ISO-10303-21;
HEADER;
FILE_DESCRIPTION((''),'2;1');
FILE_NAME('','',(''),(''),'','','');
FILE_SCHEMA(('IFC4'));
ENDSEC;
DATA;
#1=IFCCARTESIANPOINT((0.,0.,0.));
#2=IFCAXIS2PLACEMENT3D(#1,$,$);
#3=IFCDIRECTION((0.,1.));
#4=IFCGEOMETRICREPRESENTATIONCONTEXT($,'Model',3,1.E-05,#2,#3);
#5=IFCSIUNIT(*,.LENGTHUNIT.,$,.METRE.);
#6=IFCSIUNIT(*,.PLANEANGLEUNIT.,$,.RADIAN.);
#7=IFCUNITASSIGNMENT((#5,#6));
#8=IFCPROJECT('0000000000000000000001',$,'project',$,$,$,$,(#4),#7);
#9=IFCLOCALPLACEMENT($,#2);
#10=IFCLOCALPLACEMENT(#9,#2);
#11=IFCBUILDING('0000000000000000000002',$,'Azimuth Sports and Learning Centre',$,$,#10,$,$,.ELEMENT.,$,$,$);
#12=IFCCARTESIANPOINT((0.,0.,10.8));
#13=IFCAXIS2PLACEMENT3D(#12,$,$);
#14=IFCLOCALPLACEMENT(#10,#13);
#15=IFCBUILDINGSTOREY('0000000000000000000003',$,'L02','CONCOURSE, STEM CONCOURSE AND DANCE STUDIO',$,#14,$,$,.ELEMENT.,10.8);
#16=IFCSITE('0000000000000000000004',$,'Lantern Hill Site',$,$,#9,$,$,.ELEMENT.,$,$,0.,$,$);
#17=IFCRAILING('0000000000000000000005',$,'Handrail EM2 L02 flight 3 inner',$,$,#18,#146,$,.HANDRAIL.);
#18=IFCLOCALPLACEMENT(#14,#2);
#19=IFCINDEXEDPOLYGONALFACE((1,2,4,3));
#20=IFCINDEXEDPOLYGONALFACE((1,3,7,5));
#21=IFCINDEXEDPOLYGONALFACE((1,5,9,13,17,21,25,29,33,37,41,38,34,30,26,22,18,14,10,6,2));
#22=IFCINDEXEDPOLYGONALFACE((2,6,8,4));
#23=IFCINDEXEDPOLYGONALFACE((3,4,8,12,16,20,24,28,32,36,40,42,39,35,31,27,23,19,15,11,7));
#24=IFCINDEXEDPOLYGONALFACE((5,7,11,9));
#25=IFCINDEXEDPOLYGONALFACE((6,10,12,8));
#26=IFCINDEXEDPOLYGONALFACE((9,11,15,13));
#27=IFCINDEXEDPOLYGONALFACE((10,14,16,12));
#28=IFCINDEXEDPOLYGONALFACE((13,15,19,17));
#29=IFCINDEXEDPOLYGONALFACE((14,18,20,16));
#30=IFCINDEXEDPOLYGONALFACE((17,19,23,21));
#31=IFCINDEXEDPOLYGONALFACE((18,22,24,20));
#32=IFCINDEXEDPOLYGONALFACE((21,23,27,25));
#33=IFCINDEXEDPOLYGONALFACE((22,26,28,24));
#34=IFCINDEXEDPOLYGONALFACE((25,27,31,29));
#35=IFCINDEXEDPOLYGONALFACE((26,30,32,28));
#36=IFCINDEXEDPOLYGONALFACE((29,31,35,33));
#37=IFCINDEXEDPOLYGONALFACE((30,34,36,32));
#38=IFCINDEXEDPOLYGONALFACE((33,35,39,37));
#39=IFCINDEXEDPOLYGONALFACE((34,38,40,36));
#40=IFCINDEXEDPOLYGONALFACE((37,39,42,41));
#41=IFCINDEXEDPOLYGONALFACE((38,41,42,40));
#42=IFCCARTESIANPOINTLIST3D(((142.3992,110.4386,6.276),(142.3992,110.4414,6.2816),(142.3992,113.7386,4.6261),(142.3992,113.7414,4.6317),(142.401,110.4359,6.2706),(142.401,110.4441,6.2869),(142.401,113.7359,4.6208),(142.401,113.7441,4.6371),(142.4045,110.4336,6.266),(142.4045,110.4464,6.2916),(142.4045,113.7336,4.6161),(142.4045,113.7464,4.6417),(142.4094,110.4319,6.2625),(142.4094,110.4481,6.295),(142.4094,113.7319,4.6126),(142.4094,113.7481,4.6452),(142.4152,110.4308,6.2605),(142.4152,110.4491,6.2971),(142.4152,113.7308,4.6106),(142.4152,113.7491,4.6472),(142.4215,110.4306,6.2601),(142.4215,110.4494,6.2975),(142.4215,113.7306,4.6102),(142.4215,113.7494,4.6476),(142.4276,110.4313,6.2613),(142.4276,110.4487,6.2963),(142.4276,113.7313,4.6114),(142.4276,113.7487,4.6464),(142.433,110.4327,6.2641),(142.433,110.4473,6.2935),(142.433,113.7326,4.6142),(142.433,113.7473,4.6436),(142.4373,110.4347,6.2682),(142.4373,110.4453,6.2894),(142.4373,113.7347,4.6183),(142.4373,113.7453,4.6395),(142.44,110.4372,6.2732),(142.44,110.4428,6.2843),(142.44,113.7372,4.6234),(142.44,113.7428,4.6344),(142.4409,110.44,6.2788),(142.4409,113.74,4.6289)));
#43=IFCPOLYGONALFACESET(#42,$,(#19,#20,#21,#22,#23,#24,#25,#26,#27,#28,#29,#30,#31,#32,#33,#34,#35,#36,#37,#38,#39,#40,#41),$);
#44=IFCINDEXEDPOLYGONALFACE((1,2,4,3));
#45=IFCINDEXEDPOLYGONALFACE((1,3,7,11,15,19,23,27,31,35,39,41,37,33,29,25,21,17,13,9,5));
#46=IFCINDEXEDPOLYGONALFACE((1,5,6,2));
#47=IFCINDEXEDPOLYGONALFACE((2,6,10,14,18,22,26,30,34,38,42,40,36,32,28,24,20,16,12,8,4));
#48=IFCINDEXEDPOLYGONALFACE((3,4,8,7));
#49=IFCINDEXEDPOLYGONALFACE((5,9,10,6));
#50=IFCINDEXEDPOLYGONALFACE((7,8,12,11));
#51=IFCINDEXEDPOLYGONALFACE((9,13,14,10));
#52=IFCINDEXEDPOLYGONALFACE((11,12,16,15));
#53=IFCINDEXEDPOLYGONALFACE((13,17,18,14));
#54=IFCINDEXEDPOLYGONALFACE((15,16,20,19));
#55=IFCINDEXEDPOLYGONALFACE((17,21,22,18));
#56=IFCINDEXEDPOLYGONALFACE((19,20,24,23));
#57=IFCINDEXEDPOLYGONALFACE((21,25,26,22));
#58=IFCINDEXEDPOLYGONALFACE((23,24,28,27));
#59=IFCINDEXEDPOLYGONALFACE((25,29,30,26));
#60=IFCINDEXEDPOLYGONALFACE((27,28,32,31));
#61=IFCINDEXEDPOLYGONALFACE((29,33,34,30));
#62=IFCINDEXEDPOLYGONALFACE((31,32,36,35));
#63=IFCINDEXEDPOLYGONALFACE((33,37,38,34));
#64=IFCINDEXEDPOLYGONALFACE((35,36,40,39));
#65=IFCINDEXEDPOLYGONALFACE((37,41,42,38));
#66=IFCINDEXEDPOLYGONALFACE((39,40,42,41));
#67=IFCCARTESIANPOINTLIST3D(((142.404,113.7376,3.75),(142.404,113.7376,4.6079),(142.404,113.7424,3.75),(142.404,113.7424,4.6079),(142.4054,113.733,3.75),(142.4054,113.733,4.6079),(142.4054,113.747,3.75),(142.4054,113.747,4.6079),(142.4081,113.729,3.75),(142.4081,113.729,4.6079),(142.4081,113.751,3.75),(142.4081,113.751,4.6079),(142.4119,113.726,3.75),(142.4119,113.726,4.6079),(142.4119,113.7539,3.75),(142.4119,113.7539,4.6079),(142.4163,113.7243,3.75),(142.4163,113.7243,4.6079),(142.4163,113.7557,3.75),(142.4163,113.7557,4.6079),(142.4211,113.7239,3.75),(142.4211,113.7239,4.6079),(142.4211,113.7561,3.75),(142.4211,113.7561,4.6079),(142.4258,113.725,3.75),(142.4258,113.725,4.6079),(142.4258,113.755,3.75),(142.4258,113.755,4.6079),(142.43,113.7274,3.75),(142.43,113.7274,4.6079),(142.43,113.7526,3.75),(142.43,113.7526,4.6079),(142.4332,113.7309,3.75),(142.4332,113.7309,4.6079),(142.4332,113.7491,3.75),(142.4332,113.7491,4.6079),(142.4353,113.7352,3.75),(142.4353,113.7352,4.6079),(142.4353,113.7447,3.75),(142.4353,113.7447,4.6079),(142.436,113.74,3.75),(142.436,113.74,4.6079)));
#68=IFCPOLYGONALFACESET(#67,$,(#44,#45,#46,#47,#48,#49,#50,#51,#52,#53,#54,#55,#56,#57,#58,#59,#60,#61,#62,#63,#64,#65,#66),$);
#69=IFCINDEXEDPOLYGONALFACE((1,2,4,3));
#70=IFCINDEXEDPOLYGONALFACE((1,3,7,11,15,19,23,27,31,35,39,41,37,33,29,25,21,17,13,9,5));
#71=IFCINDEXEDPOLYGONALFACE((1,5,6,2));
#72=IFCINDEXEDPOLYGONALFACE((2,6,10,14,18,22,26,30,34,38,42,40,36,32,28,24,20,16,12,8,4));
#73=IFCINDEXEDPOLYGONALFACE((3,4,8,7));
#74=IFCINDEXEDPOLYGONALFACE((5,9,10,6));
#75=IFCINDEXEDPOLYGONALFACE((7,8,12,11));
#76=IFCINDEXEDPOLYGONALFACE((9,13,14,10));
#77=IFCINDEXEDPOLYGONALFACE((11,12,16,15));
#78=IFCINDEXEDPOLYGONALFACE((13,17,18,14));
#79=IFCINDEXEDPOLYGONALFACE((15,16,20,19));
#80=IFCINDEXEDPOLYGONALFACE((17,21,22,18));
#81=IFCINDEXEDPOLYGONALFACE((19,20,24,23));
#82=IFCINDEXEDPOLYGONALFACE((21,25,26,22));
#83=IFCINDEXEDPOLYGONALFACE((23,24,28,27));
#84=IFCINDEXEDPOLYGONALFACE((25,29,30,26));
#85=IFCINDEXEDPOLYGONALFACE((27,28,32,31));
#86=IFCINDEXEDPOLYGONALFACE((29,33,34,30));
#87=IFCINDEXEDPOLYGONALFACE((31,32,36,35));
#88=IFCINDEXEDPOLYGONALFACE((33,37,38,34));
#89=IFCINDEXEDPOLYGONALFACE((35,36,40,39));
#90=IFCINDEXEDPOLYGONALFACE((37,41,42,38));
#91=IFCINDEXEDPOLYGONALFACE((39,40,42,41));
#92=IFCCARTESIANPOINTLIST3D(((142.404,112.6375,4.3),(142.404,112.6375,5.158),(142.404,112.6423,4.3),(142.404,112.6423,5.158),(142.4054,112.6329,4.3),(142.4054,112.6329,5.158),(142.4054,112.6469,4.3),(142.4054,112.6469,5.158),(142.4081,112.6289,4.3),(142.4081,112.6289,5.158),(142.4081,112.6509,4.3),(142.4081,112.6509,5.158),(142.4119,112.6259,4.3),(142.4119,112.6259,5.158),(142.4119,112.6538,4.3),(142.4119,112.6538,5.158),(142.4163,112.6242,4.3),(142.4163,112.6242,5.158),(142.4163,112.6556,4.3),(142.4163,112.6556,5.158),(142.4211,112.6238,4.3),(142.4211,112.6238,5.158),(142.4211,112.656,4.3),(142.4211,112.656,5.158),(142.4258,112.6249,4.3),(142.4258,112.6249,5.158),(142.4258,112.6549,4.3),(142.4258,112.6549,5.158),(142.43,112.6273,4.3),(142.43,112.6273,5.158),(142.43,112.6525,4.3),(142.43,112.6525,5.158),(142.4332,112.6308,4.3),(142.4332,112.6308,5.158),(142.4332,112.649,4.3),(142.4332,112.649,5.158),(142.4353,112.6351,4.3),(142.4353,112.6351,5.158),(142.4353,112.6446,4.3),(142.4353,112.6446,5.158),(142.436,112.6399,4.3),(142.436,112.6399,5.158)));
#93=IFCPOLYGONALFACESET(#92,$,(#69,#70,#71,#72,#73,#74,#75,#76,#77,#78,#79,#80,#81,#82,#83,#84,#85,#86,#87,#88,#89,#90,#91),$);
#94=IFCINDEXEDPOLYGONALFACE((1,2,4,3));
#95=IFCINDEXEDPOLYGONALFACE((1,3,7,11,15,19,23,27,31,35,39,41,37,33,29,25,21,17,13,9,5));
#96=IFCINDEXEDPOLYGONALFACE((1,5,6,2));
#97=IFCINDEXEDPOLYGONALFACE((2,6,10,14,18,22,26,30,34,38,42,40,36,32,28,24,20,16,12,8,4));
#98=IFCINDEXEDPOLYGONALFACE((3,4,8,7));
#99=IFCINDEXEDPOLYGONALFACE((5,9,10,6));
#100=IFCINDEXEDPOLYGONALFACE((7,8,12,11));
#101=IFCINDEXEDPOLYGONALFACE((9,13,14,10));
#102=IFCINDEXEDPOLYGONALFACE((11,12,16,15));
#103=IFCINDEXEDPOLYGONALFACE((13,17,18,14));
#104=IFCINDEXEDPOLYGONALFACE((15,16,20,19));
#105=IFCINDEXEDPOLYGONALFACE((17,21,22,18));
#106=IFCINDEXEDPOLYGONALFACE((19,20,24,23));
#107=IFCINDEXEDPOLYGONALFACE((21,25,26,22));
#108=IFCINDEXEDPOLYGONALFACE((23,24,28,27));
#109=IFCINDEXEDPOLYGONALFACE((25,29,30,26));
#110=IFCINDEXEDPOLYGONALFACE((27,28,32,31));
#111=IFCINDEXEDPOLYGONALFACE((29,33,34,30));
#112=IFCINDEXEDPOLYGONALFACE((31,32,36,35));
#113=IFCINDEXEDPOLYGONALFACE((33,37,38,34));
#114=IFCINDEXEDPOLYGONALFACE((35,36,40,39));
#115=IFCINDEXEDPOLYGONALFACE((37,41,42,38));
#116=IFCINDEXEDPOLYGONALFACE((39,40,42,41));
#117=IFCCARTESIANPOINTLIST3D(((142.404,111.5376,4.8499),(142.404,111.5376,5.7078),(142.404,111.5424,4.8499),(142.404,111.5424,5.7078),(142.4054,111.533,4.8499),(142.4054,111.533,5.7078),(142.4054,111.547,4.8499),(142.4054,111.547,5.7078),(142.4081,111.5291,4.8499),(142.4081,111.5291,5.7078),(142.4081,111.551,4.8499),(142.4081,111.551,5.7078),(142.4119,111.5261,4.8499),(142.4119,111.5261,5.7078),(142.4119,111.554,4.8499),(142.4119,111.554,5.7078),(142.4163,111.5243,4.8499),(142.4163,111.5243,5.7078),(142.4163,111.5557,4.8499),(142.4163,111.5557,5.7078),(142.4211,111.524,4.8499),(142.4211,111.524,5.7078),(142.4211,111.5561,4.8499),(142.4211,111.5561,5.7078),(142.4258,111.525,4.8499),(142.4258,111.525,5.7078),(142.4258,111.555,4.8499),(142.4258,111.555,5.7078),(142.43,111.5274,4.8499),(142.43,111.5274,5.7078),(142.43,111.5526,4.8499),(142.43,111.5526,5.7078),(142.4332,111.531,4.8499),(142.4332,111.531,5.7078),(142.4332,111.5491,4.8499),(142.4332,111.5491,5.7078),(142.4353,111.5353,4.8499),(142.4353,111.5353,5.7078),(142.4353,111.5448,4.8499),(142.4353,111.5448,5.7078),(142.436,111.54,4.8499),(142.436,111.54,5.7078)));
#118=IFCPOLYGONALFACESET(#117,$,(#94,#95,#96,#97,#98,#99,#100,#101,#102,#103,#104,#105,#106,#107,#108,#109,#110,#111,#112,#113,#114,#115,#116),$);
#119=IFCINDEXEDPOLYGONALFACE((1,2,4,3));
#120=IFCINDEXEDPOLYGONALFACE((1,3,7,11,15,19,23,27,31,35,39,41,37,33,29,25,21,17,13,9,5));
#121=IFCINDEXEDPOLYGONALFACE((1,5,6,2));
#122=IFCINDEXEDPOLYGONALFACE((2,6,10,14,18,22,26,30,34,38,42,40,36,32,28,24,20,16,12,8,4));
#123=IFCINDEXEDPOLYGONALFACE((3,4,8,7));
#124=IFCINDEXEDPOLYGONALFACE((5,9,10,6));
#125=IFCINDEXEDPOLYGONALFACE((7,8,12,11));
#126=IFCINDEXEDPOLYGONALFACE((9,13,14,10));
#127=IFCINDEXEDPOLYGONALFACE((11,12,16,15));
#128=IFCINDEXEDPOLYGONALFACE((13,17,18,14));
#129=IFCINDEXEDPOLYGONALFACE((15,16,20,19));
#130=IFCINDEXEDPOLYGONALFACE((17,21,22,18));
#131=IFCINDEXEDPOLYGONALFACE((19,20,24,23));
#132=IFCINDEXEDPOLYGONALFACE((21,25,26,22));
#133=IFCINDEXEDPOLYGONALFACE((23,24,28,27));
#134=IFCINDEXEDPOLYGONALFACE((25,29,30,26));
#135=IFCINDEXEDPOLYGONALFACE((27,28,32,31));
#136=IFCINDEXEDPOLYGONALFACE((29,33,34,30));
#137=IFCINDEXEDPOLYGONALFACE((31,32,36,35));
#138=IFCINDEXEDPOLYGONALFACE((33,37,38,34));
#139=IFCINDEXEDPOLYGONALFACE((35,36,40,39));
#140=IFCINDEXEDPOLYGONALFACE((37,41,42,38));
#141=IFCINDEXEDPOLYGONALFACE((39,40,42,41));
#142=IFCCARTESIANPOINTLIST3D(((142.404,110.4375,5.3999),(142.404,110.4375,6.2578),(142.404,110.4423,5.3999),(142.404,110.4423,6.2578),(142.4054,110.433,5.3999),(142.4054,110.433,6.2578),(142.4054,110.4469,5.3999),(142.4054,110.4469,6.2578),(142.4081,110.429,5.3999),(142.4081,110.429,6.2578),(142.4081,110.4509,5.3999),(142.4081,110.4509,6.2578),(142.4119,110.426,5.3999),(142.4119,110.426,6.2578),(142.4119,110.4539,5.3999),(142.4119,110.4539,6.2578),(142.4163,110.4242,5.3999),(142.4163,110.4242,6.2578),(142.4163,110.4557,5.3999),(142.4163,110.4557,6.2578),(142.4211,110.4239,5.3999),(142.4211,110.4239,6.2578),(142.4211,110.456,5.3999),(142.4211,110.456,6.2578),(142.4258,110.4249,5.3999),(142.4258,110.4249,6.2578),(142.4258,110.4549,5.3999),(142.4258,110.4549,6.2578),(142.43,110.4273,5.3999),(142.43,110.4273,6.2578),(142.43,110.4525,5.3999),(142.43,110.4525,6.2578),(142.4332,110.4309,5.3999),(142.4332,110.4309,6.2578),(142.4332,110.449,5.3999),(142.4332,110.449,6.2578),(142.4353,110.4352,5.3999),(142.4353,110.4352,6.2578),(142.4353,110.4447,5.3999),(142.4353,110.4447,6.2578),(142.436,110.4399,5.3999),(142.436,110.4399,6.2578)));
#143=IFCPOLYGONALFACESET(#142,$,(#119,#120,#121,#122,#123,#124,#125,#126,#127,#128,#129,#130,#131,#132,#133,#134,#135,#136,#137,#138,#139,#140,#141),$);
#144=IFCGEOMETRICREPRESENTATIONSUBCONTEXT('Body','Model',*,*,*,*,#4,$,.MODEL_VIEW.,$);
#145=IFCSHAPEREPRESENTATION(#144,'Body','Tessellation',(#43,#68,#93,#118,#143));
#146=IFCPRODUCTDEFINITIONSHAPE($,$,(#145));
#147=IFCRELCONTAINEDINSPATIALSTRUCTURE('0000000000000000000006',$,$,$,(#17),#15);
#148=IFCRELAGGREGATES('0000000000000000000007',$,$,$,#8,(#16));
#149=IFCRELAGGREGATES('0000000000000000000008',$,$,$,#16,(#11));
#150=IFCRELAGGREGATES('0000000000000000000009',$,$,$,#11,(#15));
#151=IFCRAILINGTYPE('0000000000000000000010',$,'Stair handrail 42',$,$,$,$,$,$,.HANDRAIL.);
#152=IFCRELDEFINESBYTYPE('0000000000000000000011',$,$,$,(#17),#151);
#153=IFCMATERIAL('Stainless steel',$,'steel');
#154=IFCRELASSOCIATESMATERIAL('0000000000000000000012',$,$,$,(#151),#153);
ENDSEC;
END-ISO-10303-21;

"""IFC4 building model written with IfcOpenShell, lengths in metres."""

from ifc_helpers import new_model, si_unit, direction, frame, origin, origin_2d, place, context, subcontext, project, spatial, circle, extrude, material, type_object, element, save


model = new_model("IFC4")

# Units and contexts
model_context = context("Model", 3, precision=1e-05, world=origin(), true_north=direction((0.0, 1.0)))
body_context = subcontext(model_context, "Body", "Model", "MODEL_VIEW")
ifc_project = project(units=[si_unit("LENGTHUNIT", "METRE"), si_unit("PLANEANGLEUNIT", "RADIAN")], contexts=[model_context])

# Site, building, storey
site_placement = place(None, origin())
site = spatial("IfcSite", under=ifc_project, at=site_placement, Name="Lantern Hill Site", CompositionType="ELEMENT", RefElevation=0.0)
building_placement = place(site_placement, origin())
building = spatial("IfcBuilding", under=site, at=building_placement, Name="Azimuth Sports and Learning Centre", CompositionType="ELEMENT")
storey_placement = place(building_placement, frame((0.0, 0.0, 10.8)))
storey = spatial("IfcBuildingStorey", under=building, at=storey_placement, Name="L02", Description="CONCOURSE, STEM CONCOURSE AND DANCE STUDIO", CompositionType="ELEMENT", Elevation=10.8)

# Railing
ifc_material_1 = material(Name="Stainless steel", Category="steel")
railing_type_1 = type_object("IfcRailingType", Name="Stair handrail 42", PredefinedType="HANDRAIL", material=ifc_material_1)
for number, where, name in (
    (1, (142.4199, 113.74, 3.75), "Handrail EM2 L02 flight 3 inner"),
):
    element("IfcRailing", number, at=place(storey_placement, frame(where)), inside=storey, type_object=railing_type_1, Name=name, PredefinedType="HANDRAIL", context=body_context, shape_type="SweptSolid", body=[
        extrude(circle(Radius=0.021, at=origin_2d()), frame((0.0, 0.0, 0.8789), z_axis=(0.0, -0.89444, 0.447187), x_axis=(1.0, 0.0, 0.0)), (0.0, 0.0, 1.0), 3.6895),
        extrude(circle(Radius=0.0161, at=origin_2d()), origin(), (0.0, 0.0, 1.0), 0.8579),
        extrude(circle(Radius=0.0161, at=origin_2d()), frame((0.0, -1.1001, 0.55)), (0.0, 0.0, 1.0), 0.8579),
        extrude(circle(Radius=0.0161, at=origin_2d()), frame((0.0, -2.2, 1.0999)), (0.0, 0.0, 1.0), 0.8579),
        extrude(circle(Radius=0.0161, at=origin_2d()), frame((0.0, -3.3, 1.6499)), (0.0, 0.0, 1.0), 0.8579),
    ])

save(model, "model.ifc")
